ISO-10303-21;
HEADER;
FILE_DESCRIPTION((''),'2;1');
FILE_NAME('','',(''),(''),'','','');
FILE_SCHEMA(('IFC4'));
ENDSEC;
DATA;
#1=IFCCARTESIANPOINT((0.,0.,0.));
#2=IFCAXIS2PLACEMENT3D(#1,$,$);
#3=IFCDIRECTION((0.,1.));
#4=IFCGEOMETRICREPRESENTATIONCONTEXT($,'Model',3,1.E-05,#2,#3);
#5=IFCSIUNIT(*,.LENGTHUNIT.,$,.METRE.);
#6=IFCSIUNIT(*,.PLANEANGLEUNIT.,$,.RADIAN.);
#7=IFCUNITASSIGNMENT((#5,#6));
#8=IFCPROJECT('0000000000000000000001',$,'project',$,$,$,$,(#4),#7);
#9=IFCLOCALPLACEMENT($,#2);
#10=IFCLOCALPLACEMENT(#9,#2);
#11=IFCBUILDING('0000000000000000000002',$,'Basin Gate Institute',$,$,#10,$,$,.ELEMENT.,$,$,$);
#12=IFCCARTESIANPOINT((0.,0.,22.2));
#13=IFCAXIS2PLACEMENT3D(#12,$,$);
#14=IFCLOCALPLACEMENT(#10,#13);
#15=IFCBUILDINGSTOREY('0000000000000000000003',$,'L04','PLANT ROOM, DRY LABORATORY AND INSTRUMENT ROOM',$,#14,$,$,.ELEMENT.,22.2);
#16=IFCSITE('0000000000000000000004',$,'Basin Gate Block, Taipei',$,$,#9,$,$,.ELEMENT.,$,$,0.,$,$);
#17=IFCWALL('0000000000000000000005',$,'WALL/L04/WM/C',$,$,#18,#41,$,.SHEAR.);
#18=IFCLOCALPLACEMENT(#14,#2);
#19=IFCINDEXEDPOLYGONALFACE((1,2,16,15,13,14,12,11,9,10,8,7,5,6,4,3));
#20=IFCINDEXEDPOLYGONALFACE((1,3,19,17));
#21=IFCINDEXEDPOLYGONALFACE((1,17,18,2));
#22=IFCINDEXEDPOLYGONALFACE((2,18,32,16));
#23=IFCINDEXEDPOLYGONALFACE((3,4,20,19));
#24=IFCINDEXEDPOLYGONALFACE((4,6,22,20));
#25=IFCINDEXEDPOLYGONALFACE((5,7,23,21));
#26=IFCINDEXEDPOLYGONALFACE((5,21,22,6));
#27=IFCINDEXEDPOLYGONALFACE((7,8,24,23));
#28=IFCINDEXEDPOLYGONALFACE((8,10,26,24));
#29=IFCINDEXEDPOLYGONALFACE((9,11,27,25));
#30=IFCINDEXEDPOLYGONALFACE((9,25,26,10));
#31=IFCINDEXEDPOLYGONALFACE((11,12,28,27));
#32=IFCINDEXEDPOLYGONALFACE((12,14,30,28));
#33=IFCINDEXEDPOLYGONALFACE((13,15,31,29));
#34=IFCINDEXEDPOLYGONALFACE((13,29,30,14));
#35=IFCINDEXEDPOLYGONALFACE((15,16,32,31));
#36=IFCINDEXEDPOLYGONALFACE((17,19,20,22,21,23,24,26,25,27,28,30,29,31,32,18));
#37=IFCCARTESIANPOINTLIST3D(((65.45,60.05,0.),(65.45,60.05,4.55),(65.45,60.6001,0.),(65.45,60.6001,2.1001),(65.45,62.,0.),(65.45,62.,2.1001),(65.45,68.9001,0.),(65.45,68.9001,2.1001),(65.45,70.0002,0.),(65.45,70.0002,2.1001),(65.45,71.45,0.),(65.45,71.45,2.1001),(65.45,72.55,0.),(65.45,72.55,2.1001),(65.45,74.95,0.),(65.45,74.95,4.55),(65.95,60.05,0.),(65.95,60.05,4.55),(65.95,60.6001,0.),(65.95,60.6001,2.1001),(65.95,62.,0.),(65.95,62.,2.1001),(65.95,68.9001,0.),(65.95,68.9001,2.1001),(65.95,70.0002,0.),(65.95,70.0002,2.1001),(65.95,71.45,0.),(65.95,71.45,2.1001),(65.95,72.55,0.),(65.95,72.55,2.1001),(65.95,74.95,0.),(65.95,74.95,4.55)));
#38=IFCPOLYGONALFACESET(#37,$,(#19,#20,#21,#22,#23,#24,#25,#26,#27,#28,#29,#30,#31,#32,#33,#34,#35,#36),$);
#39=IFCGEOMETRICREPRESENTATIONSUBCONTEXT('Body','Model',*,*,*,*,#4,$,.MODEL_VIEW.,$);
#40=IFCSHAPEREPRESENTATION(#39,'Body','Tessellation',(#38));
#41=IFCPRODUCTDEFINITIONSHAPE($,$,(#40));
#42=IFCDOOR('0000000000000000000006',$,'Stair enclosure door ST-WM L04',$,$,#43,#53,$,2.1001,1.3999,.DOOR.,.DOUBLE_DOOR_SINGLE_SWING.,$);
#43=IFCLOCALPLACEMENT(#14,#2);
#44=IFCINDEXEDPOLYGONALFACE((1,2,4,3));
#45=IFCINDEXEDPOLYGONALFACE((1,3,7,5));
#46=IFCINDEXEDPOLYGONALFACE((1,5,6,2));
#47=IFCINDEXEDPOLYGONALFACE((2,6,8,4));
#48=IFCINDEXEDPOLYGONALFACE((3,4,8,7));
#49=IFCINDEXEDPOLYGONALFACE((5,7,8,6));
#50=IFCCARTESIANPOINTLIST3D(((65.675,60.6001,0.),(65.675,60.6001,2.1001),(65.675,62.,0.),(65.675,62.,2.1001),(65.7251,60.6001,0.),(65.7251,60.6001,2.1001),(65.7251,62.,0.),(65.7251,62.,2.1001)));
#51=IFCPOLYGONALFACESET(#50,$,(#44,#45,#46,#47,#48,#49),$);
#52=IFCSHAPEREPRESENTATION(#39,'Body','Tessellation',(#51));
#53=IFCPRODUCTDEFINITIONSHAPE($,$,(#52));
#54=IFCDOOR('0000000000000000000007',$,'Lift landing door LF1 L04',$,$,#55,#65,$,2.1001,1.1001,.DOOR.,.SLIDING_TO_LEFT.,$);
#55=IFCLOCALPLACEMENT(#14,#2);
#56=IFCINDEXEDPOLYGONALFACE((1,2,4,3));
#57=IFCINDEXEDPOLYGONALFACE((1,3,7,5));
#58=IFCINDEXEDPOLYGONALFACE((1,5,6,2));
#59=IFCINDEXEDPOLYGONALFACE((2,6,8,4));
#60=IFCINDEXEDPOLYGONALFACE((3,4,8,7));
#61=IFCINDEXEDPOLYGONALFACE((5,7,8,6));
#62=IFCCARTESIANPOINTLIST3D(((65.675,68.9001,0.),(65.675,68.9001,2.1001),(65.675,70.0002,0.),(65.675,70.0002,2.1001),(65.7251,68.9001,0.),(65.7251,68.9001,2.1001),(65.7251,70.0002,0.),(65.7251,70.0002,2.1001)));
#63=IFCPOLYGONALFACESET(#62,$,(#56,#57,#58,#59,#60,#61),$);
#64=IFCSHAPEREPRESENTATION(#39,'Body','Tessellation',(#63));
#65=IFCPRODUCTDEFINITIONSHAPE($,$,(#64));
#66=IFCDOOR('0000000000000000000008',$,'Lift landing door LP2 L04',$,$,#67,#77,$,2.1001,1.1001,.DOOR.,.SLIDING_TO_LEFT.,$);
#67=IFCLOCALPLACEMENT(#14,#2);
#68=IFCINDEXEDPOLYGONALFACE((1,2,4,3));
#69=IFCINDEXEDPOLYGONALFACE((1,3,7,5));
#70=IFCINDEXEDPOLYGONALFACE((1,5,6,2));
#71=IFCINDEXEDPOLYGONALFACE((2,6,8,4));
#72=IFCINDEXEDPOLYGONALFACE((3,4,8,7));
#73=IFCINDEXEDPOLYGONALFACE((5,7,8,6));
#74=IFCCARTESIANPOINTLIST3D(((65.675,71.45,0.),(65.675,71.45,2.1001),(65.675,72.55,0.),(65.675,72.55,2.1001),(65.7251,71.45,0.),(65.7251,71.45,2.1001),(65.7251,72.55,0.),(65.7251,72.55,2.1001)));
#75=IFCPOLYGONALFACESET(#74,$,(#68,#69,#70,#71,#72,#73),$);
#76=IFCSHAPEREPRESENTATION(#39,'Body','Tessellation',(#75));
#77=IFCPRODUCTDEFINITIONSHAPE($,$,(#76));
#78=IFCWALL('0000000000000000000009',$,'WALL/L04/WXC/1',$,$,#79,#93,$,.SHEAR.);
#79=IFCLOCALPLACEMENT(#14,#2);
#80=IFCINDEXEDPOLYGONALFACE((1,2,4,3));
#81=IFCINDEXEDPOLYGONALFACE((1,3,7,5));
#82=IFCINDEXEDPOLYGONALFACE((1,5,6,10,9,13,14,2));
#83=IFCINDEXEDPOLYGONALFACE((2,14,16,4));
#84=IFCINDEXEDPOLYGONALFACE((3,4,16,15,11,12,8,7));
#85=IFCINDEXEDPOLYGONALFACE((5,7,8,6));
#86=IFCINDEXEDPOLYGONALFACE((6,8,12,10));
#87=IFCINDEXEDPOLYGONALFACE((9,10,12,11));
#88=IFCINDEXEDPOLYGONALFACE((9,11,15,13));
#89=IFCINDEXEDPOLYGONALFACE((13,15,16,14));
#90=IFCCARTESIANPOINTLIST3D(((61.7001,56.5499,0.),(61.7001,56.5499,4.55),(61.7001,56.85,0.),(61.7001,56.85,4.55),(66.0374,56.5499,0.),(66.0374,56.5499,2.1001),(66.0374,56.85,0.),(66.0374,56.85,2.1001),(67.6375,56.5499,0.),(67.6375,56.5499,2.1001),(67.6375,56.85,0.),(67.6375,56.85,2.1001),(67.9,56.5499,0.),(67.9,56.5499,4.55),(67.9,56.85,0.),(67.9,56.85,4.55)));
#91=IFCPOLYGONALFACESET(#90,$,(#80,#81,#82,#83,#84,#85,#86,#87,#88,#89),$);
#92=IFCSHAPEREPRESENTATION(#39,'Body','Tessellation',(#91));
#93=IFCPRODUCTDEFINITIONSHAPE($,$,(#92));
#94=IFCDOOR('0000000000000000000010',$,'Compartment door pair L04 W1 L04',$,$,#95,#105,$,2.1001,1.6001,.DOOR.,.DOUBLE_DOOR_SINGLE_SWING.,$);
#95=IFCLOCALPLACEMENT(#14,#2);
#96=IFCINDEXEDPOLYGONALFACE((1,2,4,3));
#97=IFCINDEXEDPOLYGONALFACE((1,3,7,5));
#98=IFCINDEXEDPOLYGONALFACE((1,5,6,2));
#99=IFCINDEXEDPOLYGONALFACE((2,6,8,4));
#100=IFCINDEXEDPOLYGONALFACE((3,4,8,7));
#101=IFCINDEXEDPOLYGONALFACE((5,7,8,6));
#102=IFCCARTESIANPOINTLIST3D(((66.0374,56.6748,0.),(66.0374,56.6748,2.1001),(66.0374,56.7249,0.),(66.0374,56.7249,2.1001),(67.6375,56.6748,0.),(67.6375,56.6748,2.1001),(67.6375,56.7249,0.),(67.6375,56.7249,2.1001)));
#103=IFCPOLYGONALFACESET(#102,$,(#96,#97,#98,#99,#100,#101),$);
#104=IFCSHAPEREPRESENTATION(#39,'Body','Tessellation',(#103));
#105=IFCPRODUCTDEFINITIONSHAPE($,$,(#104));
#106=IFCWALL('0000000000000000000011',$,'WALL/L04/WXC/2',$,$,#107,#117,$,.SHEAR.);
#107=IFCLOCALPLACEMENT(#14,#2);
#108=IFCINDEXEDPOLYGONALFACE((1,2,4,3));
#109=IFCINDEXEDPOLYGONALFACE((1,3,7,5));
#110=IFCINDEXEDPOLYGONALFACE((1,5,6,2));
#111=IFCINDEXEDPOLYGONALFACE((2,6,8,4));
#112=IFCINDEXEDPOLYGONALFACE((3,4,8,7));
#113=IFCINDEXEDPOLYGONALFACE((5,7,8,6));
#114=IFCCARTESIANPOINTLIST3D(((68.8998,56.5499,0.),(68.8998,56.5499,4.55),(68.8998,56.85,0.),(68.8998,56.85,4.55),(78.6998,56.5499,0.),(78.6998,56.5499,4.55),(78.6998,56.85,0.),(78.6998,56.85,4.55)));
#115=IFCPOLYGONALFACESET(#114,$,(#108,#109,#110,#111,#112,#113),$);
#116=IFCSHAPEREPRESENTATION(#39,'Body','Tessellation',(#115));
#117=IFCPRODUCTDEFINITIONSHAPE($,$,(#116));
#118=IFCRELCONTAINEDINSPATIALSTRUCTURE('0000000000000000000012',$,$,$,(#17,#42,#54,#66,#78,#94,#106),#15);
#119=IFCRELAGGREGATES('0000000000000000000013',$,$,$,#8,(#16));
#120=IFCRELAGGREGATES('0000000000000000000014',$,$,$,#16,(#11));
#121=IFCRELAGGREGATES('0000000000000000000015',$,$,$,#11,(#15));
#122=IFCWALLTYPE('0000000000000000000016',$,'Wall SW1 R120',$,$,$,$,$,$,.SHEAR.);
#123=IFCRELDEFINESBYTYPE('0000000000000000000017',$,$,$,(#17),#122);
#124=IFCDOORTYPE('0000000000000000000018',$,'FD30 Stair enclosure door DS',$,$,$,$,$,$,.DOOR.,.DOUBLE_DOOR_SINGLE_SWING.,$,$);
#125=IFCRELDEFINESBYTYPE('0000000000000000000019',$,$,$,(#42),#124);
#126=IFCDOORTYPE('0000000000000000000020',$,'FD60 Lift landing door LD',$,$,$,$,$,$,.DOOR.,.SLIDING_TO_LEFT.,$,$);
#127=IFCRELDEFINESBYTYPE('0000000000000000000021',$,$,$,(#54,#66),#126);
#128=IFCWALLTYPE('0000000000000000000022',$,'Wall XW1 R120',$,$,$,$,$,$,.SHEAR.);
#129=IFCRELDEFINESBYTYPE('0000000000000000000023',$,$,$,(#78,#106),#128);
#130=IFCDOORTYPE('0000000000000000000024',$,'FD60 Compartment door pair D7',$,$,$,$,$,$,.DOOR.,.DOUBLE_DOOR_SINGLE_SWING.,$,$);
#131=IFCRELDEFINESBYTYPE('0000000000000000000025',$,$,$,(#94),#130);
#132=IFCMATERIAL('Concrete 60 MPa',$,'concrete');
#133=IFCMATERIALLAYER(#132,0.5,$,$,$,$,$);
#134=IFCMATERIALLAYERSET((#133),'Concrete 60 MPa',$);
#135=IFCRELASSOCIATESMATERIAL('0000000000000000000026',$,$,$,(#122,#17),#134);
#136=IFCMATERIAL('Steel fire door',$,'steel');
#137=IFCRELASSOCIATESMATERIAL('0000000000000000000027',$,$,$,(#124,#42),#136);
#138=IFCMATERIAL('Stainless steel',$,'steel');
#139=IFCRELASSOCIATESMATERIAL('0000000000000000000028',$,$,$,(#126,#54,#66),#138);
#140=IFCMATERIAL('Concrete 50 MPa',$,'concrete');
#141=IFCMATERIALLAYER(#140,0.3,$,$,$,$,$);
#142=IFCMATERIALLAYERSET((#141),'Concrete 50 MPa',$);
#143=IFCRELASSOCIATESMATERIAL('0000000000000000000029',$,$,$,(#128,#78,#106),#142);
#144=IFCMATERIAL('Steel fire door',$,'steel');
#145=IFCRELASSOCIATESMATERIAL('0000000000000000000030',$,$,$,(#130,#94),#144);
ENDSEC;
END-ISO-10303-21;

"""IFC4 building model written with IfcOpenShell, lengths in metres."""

from ifc_helpers import new_model, si_unit, direction, frame, frame_2d, origin, place, context, subcontext, project, spatial, rectangle, extrude, material, layer, layer_set, type_object, element, fill, save


model = new_model("IFC4")

# Units and contexts
model_context = context("Model", 3, precision=1e-05, world=origin(), true_north=direction((0.0, 1.0)))
body_context = subcontext(model_context, "Body", "Model", "MODEL_VIEW")
ifc_project = project(units=[si_unit("LENGTHUNIT", "METRE"), si_unit("PLANEANGLEUNIT", "RADIAN")], contexts=[model_context])

# Site, building, storey
site_placement = place(None, origin())
site = spatial("IfcSite", under=ifc_project, at=site_placement, Name="Basin Gate Block, Taipei", CompositionType="ELEMENT", RefElevation=0.0)
building_placement = place(site_placement, origin())
building = spatial("IfcBuilding", under=site, at=building_placement, Name="Basin Gate Institute", CompositionType="ELEMENT")
storey_placement = place(building_placement, frame((0.0, 0.0, 22.2)))
storey = spatial("IfcBuildingStorey", under=building, at=storey_placement, Name="L04", Description="PLANT ROOM, DRY LABORATORY AND INSTRUMENT ROOM", CompositionType="ELEMENT", Elevation=22.2)

# Shared definitions
ifc_material_1 = material(Name="Concrete 60 MPa", Category="concrete")
ifc_layer_1 = layer(ifc_material_1, 0.5)
ifc_layer_set_1 = layer_set([ifc_layer_1], Name="Concrete 60 MPa")
wall_type_1 = type_object("IfcWallType", Name="Wall SW1 R120", PredefinedType="SHEAR", material=ifc_layer_set_1)

# Wall, openings, doors
wall_1_placement = place(storey_placement, frame((65.7, 60.05, 0.0), z_axis=(0.0, 0.0, 1.0), x_axis=(0.0, 1.0, 0.0)))
wall_1 = element("IfcWall", 1, at=wall_1_placement, inside=storey, type_object=wall_type_1, material=ifc_layer_set_1, Name="WALL/L04/WM/C", PredefinedType="SHEAR", context=body_context, shape_type="SweptSolid", body=[
    extrude(rectangle(XDim=14.8999, YDim=0.5, at=frame_2d((7.45, 0.0))), origin(), (0.0, 0.0, 1.0), 4.55),
])
opening_1_placement = place(wall_1_placement, frame((0.55, 0.0, 0.0)))
opening_1 = element("IfcOpeningElement", 2, at=opening_1_placement, cuts=wall_1, PredefinedType="OPENING", context=body_context, shape_type="SweptSolid", body=[
    extrude(rectangle(XDim=1.3999, YDim=2.1001, at=frame_2d((0.7, 1.05))), frame((0.0, 0.26, 0.0), z_axis=(0.0, -1.0, 0.0), x_axis=(1.0, 0.0, 0.0)), (0.0, 0.0, 1.0), 0.52),
])
opening_2_placement = place(wall_1_placement, frame((8.8501, 0.0, 0.0)))
opening_2 = element("IfcOpeningElement", 3, at=opening_2_placement, cuts=wall_1, PredefinedType="OPENING", context=body_context, shape_type="SweptSolid", body=[
    extrude(rectangle(XDim=1.1001, YDim=2.1001, at=frame_2d((0.55, 1.05))), frame((0.0, 0.26, 0.0), z_axis=(0.0, -1.0, 0.0), x_axis=(1.0, 0.0, 0.0)), (0.0, 0.0, 1.0), 0.52),
])
opening_3_placement = place(wall_1_placement, frame((11.3999, 0.0, 0.0)))
opening_3 = element("IfcOpeningElement", 4, at=opening_3_placement, cuts=wall_1, PredefinedType="OPENING", context=body_context, shape_type="SweptSolid", body=[
    extrude(rectangle(XDim=1.1001, YDim=2.1001, at=frame_2d((0.55, 1.05))), frame((0.0, 0.26, 0.0), z_axis=(0.0, -1.0, 0.0), x_axis=(1.0, 0.0, 0.0)), (0.0, 0.0, 1.0), 0.52),
])
ifc_material_2 = material(Name="Steel fire door", Category="steel")
door_type_1 = type_object("IfcDoorType", Name="FD30 Stair enclosure door DS", OperationType="DOUBLE_DOOR_SINGLE_SWING", PredefinedType="DOOR", material=ifc_material_2)
door_1_placement = place(opening_1_placement, origin())
door_1 = element("IfcDoor", 5, at=door_1_placement, inside=storey, type_object=door_type_1, material=ifc_material_2, Name="Stair enclosure door ST-WM L04", OperationType="DOUBLE_DOOR_SINGLE_SWING", OverallHeight=2.1001, OverallWidth=1.3999, PredefinedType="DOOR", context=body_context, shape_type="SweptSolid", body=[
    extrude(rectangle(XDim=1.3999, YDim=2.1001, at=frame_2d((0.7, 1.05))), frame((0.0, 0.0249, 0.0), z_axis=(0.0, -1.0, 0.0), x_axis=(1.0, 0.0, 0.0)), (0.0, 0.0, 1.0), 0.05),
])
fill(opening_1, door_1)
ifc_material_3 = material(Name="Stainless steel", Category="steel")
door_type_2 = type_object("IfcDoorType", Name="FD60 Lift landing door LD", OperationType="SLIDING_TO_LEFT", PredefinedType="DOOR", material=ifc_material_3)
door_2_placement = place(opening_2_placement, origin())
door_2 = element("IfcDoor", 6, at=door_2_placement, inside=storey, type_object=door_type_2, material=ifc_material_3, Name="Lift landing door LF1 L04", OperationType="SLIDING_TO_LEFT", OverallHeight=2.1001, OverallWidth=1.1001, PredefinedType="DOOR", context=body_context, shape_type="SweptSolid", body=[
    extrude(rectangle(XDim=1.1001, YDim=2.1001, at=frame_2d((0.55, 1.05))), frame((0.0, 0.0249, 0.0), z_axis=(0.0, -1.0, 0.0), x_axis=(1.0, 0.0, 0.0)), (0.0, 0.0, 1.0), 0.05),
])
fill(opening_2, door_2)
door_3_placement = place(opening_3_placement, origin())
door_3 = element("IfcDoor", 7, at=door_3_placement, inside=storey, type_object=door_type_2, material=ifc_material_3, Name="Lift landing door LP2 L04", OperationType="SLIDING_TO_LEFT", OverallHeight=2.1001, OverallWidth=1.1001, PredefinedType="DOOR", context=body_context, shape_type="SweptSolid", body=[
    extrude(rectangle(XDim=1.1001, YDim=2.1001, at=frame_2d((0.55, 1.05))), frame((0.0, 0.0249, 0.0), z_axis=(0.0, -1.0, 0.0), x_axis=(1.0, 0.0, 0.0)), (0.0, 0.0, 1.0), 0.05),
])
fill(opening_3, door_3)

# Wall, opening, door
ifc_material_4 = material(Name="Concrete 50 MPa", Category="concrete")
ifc_layer_2 = layer(ifc_material_4, 0.3)
ifc_layer_set_2 = layer_set([ifc_layer_2], Name="Concrete 50 MPa")
wall_type_2 = type_object("IfcWallType", Name="Wall XW1 R120", PredefinedType="SHEAR", material=ifc_layer_set_2)
wall_2_placement = place(storey_placement, frame((61.7, 56.7, 0.0), z_axis=(0.0, 0.0, 1.0), x_axis=(1.0, 0.0, 0.0)))
wall_2 = element("IfcWall", 8, at=wall_2_placement, inside=storey, type_object=wall_type_2, material=ifc_layer_set_2, Name="WALL/L04/WXC/1", PredefinedType="SHEAR", context=body_context, shape_type="SweptSolid", body=[
    extrude(rectangle(XDim=6.2, YDim=0.3, at=frame_2d((3.1001, 0.0))), origin(), (0.0, 0.0, 1.0), 4.55),
])
opening_4_placement = place(wall_2_placement, frame((4.3374, 0.0, 0.0)))
opening_4 = element("IfcOpeningElement", 9, at=opening_4_placement, cuts=wall_2, PredefinedType="OPENING", context=body_context, shape_type="SweptSolid", body=[
    extrude(rectangle(XDim=1.6001, YDim=2.1001, at=frame_2d((0.8, 1.05))), frame((0.0, 0.1602, 0.0), z_axis=(0.0, -1.0, 0.0), x_axis=(1.0, 0.0, 0.0)), (0.0, 0.0, 1.0), 0.3201),
])
ifc_material_5 = material(Name="Steel fire door", Category="steel")
door_type_3 = type_object("IfcDoorType", Name="FD60 Compartment door pair D7", OperationType="DOUBLE_DOOR_SINGLE_SWING", PredefinedType="DOOR", material=ifc_material_5)
door_4_placement = place(opening_4_placement, origin())
door_4 = element("IfcDoor", 10, at=door_4_placement, inside=storey, type_object=door_type_3, material=ifc_material_5, Name="Compartment door pair L04 W1 L04", OperationType="DOUBLE_DOOR_SINGLE_SWING", OverallHeight=2.1001, OverallWidth=1.6001, PredefinedType="DOOR", context=body_context, shape_type="SweptSolid", body=[
    extrude(rectangle(XDim=1.6001, YDim=2.1001, at=frame_2d((0.8, 1.05))), frame((0.0, 0.0249, 0.0), z_axis=(0.0, -1.0, 0.0), x_axis=(1.0, 0.0, 0.0)), (0.0, 0.0, 1.0), 0.05),
])
fill(opening_4, door_4)

# Wall
wall_3_placement = place(storey_placement, frame((68.8999, 56.7, 0.0), z_axis=(0.0, 0.0, 1.0), x_axis=(1.0, 0.0, 0.0)))
element("IfcWall", 11, at=wall_3_placement, inside=storey, type_object=wall_type_2, material=ifc_layer_set_2, Name="WALL/L04/WXC/2", PredefinedType="SHEAR", context=body_context, shape_type="SweptSolid", body=[
    extrude(rectangle(XDim=9.8, YDim=0.3, at=frame_2d((4.8999, 0.0))), origin(), (0.0, 0.0, 1.0), 4.55),
])

save(model, "model.ifc")
